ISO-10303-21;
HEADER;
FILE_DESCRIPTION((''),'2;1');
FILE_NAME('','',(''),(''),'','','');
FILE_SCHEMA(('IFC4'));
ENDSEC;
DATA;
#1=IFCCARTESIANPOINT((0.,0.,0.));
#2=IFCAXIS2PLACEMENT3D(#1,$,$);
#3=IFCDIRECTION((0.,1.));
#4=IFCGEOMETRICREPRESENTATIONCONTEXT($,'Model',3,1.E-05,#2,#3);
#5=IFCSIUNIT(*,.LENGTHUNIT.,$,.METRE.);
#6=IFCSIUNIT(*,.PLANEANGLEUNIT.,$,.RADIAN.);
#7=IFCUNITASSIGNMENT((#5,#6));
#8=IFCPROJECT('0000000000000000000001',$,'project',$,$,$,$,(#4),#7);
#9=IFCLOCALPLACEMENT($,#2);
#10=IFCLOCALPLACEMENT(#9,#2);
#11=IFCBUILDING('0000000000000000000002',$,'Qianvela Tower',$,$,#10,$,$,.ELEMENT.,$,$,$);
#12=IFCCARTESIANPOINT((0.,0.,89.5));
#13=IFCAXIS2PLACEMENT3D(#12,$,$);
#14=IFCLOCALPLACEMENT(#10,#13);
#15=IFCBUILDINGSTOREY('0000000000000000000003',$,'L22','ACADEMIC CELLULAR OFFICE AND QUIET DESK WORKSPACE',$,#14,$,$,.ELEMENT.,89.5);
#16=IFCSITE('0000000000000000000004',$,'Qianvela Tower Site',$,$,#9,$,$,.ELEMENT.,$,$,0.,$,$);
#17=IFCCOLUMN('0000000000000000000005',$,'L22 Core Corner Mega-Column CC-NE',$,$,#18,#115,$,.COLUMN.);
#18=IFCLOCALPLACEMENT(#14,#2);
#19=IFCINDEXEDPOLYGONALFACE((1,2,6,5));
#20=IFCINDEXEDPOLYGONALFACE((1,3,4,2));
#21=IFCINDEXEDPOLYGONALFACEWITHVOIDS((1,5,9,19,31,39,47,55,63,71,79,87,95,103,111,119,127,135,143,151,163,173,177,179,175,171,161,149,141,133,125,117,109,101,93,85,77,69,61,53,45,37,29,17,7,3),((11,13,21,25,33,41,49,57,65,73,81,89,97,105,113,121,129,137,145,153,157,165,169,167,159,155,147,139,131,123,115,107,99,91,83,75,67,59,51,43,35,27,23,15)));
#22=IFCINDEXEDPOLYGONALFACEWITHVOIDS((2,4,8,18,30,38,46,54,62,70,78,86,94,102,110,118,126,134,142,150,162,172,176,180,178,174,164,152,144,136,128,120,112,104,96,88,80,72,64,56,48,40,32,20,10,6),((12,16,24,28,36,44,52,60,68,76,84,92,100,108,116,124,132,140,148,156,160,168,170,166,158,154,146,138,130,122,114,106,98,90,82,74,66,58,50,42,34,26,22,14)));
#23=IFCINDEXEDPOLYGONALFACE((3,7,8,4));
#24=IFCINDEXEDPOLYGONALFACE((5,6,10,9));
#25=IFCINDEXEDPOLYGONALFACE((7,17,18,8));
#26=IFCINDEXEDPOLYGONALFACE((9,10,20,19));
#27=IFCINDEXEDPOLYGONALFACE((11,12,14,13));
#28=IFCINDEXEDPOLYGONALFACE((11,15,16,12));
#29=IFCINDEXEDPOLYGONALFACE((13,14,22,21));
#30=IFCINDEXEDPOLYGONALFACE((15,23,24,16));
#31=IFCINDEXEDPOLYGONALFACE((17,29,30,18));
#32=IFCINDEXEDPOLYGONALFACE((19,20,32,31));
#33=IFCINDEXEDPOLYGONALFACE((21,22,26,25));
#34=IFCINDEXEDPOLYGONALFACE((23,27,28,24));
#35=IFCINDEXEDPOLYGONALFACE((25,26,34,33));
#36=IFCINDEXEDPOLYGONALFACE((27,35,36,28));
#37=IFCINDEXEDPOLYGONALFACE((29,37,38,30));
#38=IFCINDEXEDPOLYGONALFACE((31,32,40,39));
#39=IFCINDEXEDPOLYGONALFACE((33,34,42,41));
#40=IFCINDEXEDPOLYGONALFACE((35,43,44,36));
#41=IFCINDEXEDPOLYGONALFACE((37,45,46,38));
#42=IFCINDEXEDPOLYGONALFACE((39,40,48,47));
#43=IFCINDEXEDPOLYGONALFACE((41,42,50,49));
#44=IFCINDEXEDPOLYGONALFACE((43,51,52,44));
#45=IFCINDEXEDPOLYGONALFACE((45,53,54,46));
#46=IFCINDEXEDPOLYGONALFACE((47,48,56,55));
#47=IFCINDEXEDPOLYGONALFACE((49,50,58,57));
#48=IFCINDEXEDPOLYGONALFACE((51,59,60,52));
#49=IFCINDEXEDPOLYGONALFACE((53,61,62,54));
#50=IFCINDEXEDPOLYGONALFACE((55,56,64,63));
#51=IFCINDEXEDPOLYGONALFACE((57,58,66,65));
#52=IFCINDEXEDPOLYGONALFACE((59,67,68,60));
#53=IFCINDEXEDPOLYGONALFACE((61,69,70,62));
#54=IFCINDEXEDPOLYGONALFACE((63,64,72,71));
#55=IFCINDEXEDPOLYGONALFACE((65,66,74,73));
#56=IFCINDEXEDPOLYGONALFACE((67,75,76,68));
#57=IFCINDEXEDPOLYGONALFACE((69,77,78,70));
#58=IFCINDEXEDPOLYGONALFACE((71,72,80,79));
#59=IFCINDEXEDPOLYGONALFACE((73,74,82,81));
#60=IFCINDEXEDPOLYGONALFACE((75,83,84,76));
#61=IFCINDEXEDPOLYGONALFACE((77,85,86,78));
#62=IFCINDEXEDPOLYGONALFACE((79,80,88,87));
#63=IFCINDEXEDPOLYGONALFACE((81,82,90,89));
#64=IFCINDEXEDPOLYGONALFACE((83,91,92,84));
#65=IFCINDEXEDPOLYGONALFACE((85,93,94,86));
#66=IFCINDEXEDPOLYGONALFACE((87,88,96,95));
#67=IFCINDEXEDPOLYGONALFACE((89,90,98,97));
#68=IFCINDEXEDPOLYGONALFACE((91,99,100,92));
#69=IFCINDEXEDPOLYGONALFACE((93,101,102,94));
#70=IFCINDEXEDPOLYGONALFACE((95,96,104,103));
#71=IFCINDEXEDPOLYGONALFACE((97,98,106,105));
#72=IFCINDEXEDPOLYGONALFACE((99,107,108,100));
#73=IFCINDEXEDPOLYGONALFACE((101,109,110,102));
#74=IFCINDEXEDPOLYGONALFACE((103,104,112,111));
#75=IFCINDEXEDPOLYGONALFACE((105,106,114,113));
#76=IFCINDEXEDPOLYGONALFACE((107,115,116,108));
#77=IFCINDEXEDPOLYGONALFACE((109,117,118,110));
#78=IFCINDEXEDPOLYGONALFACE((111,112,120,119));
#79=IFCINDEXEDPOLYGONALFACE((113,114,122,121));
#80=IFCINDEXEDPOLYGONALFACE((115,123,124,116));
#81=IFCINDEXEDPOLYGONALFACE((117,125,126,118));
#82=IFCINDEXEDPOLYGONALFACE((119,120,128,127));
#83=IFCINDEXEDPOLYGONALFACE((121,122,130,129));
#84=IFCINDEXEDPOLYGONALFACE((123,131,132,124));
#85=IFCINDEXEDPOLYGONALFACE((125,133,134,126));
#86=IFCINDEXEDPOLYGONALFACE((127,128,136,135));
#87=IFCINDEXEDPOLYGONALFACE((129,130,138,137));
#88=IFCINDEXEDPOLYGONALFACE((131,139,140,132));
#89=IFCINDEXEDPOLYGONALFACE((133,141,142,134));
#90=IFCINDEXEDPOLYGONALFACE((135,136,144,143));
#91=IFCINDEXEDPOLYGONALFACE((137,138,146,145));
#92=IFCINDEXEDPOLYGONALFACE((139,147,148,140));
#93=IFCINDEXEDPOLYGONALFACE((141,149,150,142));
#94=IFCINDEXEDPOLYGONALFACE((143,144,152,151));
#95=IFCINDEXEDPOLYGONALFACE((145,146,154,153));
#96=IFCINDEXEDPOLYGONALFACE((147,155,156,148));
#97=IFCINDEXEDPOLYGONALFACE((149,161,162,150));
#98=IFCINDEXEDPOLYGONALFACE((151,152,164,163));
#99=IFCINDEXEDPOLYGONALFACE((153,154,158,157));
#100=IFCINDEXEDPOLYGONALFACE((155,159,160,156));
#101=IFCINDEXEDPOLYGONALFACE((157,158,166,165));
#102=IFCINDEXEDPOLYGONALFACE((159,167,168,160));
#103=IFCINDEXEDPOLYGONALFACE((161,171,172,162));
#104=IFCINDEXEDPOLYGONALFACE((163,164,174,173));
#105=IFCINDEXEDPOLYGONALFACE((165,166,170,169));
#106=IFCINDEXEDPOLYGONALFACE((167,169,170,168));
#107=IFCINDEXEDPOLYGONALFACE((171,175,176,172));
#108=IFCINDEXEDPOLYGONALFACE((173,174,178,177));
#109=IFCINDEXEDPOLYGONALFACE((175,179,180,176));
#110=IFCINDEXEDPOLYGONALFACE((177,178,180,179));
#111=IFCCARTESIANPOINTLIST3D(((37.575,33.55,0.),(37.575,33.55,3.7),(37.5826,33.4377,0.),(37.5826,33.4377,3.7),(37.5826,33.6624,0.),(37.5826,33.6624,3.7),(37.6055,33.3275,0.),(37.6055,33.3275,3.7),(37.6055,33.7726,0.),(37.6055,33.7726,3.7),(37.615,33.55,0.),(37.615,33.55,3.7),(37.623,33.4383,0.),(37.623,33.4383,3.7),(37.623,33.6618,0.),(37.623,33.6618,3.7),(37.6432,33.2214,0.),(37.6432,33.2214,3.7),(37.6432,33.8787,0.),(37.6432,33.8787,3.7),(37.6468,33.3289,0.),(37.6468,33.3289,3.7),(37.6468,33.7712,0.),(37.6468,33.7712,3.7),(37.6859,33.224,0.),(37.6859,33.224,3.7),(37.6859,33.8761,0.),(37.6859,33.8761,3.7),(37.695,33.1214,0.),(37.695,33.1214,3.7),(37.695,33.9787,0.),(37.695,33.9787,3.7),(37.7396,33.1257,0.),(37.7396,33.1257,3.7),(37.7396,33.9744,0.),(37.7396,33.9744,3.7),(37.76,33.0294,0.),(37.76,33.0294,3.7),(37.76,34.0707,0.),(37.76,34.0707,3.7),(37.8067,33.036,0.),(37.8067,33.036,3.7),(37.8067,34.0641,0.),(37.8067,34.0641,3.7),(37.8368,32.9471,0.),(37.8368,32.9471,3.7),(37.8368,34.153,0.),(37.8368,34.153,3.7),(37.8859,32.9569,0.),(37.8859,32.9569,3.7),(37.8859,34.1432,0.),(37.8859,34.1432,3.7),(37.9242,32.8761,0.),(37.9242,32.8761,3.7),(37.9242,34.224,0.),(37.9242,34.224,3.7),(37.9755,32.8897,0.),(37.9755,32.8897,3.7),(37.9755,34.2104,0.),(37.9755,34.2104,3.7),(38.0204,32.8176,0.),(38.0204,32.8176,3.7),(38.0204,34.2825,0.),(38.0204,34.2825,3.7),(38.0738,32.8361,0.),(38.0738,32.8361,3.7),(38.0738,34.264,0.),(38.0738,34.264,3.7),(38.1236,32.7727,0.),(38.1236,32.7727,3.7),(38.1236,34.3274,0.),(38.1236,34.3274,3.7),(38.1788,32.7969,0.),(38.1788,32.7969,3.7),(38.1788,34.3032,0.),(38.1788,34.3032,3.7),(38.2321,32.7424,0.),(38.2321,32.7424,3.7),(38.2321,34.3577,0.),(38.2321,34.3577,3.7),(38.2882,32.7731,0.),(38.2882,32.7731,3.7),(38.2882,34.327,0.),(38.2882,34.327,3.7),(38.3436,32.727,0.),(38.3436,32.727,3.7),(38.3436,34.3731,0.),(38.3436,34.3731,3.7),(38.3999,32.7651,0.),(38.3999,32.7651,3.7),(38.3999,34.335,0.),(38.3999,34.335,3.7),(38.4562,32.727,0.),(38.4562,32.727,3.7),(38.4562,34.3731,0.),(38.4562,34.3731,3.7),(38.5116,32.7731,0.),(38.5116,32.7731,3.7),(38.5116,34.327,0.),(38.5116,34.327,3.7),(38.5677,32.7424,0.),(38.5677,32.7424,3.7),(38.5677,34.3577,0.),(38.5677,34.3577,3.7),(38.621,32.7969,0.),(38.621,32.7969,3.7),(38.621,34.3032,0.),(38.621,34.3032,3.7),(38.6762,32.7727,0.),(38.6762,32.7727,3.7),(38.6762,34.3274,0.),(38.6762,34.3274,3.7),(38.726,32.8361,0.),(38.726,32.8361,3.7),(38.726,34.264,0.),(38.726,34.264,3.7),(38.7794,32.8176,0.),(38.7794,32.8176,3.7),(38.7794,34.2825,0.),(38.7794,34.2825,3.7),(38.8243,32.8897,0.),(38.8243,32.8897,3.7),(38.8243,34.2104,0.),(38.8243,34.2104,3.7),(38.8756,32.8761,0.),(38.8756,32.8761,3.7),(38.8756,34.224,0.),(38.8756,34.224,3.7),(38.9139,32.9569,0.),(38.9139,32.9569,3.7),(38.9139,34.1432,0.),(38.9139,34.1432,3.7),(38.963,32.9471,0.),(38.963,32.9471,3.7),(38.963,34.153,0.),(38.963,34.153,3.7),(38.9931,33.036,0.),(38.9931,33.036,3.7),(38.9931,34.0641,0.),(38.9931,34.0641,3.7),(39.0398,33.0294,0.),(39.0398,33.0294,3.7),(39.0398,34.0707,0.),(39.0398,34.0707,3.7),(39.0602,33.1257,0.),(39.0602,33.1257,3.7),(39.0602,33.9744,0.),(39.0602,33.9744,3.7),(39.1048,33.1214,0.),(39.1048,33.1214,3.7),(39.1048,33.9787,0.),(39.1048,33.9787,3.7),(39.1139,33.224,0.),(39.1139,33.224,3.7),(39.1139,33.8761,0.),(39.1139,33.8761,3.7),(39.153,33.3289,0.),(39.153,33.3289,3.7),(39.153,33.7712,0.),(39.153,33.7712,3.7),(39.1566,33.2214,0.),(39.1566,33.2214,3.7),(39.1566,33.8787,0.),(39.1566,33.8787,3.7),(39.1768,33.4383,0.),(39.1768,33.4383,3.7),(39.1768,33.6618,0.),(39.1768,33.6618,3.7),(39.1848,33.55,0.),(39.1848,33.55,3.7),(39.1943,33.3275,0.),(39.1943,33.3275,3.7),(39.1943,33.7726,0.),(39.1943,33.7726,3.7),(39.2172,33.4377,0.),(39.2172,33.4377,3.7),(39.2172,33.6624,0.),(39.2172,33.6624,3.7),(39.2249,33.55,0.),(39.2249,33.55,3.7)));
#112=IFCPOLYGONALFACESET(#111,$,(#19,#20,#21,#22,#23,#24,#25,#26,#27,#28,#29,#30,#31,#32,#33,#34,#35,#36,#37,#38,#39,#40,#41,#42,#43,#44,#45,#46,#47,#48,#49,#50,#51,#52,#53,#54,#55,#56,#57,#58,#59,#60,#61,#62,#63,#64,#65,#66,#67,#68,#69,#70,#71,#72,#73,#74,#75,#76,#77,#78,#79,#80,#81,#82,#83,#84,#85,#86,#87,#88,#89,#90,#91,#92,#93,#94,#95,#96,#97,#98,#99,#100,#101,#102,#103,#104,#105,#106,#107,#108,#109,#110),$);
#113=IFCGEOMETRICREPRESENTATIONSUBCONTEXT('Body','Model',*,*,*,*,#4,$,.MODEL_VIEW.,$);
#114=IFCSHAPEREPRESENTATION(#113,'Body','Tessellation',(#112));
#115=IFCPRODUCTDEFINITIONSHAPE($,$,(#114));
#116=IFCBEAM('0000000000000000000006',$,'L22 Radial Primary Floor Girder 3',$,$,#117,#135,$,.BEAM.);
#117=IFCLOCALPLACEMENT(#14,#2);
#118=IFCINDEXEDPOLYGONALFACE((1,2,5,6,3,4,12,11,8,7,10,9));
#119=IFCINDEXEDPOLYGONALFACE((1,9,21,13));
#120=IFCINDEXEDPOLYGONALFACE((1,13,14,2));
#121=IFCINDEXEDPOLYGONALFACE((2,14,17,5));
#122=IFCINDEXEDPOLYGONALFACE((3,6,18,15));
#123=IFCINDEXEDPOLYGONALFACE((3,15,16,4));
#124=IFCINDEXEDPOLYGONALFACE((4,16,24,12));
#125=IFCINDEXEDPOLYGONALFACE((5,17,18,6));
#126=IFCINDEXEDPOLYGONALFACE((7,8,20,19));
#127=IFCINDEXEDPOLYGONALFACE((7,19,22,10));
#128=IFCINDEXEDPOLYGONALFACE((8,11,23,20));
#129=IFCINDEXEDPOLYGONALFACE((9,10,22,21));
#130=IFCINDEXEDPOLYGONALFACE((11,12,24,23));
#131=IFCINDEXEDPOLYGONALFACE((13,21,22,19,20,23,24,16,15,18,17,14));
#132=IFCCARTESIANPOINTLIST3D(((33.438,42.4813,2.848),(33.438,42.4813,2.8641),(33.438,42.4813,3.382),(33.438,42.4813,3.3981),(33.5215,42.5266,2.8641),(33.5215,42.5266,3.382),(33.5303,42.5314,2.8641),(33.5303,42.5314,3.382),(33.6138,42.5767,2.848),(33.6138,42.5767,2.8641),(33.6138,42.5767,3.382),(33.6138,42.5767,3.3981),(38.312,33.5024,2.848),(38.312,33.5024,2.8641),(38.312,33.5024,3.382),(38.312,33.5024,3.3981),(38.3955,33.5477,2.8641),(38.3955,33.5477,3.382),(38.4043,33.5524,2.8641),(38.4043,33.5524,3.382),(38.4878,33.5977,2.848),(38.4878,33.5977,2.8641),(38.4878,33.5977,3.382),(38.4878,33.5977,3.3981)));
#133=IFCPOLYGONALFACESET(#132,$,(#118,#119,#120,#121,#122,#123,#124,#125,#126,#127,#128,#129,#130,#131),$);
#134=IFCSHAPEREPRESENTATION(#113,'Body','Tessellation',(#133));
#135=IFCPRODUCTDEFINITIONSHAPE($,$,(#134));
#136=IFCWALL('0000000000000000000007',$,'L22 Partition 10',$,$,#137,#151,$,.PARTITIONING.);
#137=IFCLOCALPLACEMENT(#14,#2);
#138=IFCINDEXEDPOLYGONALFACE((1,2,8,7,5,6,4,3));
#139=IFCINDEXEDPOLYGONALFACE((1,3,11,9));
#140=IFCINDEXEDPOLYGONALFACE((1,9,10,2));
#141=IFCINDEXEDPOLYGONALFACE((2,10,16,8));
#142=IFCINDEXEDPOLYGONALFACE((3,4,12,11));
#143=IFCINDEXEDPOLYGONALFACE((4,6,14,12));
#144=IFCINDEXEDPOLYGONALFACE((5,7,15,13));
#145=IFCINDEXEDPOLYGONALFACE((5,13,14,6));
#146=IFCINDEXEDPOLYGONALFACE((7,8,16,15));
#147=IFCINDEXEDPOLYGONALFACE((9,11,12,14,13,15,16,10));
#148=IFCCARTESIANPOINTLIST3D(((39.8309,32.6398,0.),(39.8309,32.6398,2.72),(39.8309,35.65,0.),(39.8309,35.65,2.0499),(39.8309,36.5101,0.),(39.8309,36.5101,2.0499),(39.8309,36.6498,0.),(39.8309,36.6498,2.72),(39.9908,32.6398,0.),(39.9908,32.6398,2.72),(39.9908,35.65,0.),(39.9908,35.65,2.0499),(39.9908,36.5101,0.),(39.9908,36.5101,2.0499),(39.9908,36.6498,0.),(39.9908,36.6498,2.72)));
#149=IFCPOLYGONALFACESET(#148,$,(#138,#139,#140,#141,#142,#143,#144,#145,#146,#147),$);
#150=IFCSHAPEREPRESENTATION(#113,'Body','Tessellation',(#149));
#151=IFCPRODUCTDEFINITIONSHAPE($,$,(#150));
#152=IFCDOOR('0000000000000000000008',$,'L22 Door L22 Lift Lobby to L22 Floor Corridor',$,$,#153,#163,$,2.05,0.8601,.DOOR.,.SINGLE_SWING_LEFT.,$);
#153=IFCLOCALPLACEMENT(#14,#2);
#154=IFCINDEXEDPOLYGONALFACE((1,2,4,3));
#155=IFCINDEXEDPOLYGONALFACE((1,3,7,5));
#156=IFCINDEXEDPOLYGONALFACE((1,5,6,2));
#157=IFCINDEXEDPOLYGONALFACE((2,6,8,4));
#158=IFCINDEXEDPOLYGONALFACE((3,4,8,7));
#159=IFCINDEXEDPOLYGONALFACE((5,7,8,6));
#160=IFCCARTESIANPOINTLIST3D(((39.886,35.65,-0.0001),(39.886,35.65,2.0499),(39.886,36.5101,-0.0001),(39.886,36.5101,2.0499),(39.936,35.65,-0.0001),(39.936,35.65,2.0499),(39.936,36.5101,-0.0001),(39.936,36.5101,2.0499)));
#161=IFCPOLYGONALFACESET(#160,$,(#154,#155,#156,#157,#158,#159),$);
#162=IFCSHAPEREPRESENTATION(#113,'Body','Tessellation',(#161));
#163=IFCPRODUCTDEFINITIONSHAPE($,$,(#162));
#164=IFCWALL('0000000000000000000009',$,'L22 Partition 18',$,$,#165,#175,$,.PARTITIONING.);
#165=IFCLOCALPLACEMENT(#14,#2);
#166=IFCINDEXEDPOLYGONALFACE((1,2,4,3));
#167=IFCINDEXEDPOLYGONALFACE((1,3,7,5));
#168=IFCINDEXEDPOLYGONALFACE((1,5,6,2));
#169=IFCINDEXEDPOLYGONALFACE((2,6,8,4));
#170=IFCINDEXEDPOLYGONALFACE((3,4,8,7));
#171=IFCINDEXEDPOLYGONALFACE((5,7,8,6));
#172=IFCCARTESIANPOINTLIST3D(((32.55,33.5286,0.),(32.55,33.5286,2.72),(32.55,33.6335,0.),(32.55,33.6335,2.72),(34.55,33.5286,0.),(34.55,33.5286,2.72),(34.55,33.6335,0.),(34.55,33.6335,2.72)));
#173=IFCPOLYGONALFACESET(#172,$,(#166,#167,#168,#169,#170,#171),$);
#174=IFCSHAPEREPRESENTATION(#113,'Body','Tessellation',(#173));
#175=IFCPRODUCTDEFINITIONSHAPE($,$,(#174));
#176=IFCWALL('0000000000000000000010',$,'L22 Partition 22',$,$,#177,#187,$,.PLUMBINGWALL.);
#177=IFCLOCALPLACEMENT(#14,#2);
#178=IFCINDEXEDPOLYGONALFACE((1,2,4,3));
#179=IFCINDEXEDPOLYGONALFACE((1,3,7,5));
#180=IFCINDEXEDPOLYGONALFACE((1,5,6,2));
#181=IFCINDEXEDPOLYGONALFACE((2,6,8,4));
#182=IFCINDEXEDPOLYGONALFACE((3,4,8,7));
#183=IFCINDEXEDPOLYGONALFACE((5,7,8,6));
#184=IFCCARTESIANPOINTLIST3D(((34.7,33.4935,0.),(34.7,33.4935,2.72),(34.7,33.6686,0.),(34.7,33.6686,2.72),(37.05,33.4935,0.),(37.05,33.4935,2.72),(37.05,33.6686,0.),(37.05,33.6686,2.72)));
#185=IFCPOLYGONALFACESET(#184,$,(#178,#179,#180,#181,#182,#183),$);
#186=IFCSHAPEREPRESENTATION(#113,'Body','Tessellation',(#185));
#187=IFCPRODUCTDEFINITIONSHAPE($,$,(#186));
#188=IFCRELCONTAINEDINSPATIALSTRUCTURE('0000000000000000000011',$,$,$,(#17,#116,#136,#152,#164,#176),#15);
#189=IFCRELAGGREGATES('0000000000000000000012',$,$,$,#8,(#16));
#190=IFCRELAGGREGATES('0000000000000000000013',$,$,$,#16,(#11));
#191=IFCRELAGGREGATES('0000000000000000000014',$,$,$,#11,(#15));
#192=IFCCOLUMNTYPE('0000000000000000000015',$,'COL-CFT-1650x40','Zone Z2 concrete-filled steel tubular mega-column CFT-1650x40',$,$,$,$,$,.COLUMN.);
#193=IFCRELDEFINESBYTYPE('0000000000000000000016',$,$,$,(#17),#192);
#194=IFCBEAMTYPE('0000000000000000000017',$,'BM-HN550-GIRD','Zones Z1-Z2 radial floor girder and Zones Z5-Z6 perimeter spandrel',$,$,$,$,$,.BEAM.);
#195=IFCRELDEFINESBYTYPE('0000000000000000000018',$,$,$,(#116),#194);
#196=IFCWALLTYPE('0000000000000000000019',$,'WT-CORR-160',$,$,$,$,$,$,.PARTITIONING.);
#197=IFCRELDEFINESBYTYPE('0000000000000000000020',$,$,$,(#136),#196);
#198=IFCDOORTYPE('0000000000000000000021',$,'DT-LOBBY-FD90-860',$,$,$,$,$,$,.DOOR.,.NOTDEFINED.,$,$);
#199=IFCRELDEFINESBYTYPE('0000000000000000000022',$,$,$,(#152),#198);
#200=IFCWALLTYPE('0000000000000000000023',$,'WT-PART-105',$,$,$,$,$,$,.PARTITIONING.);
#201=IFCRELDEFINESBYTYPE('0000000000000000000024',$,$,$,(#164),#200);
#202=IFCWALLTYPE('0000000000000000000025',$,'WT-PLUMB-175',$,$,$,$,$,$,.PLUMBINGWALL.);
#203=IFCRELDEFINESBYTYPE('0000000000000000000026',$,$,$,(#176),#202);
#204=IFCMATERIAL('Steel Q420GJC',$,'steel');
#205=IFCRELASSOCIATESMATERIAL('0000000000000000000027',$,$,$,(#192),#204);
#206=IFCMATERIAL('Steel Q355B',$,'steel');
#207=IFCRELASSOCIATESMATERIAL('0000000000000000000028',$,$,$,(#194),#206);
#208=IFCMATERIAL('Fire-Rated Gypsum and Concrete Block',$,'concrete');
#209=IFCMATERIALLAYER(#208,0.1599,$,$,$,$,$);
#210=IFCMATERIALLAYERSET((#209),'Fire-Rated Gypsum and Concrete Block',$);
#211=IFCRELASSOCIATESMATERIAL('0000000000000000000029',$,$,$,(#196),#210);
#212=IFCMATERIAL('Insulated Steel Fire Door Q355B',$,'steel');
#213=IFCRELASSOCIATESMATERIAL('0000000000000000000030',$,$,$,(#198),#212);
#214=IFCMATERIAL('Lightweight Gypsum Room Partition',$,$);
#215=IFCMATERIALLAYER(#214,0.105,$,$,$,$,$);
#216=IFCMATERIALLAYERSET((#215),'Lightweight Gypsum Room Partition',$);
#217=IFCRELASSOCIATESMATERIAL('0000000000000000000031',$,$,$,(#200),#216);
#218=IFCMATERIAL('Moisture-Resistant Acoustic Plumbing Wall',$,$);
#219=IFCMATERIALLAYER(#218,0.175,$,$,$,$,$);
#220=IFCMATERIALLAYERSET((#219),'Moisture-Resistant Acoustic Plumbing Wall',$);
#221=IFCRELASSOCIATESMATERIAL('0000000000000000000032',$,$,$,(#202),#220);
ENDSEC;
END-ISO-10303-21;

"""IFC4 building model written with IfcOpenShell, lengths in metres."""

from ifc_helpers import new_model, si_unit, direction, frame, frame_2d, origin, origin_2d, place, context, subcontext, project, spatial, rectangle, hollow_circle, i_section, extrude, material, layer, layer_set, material_profile, profile_set, type_object, element, fill, save


model = new_model("IFC4")

# Units and contexts
model_context = context("Model", 3, precision=1e-05, world=origin(), true_north=direction((0.0, 1.0)))
body_context = subcontext(model_context, "Body", "Model", "MODEL_VIEW")
ifc_project = project(units=[si_unit("LENGTHUNIT", "METRE"), si_unit("PLANEANGLEUNIT", "RADIAN")], contexts=[model_context])

# Site, building, storey
site_placement = place(None, origin())
site = spatial("IfcSite", under=ifc_project, at=site_placement, Name="Qianvela Tower Site", CompositionType="ELEMENT", RefElevation=0.0)
building_placement = place(site_placement, origin())
building = spatial("IfcBuilding", under=site, at=building_placement, Name="Qianvela Tower", CompositionType="ELEMENT")
storey_placement = place(building_placement, frame((0.0, 0.0, 89.5)))
storey = spatial("IfcBuildingStorey", under=building, at=storey_placement, Name="L22", Description="ACADEMIC CELLULAR OFFICE AND QUIET DESK WORKSPACE", CompositionType="ELEMENT", Elevation=89.5)

# Column
ifc_material_1 = material(Name="Steel Q420GJC", Category="steel")
ifc_material_profile_1 = material_profile(ifc_material_1, hollow_circle(Radius=0.825, WallThickness=0.04, at=origin_2d()), Name="CFT-1650x40")
ifc_profile_set_1 = profile_set([ifc_material_profile_1], Name="Steel Q420GJC")
column_type = type_object("IfcColumnType", Name="COL-CFT-1650x40", Description="Zone Z2 concrete-filled steel tubular mega-column CFT-1650x40", PredefinedType="COLUMN", material=ifc_profile_set_1)
column_placement = place(storey_placement, frame((38.3999, 33.55, 0.0), z_axis=(0.0, 0.0, 1.0), x_axis=(1.0, 0.0, 0.0)))
element("IfcColumn", 1, at=column_placement, inside=storey, type_object=column_type, Name="L22 Core Corner Mega-Column CC-NE", PredefinedType="COLUMN", context=body_context, shape_type="SweptSolid", body=[
    extrude(hollow_circle(Radius=0.825, WallThickness=0.04, at=origin_2d()), origin(), (0.0, 0.0, 1.0), 3.7),
])

# Beam
ifc_material_2 = material(Name="Steel Q355B", Category="steel")
ifc_material_profile_2 = material_profile(ifc_material_2, i_section(OverallWidth=0.2, OverallDepth=0.55, WebThickness=0.01, FlangeThickness=0.0161, at=origin_2d()), Name="HN550x200x10x16")
ifc_profile_set_2 = profile_set([ifc_material_profile_2], Name="Steel Q355B")
beam_type = type_object("IfcBeamType", Name="BM-HN550-GIRD", Description="Zones Z1-Z2 radial floor girder and Zones Z5-Z6 perimeter spandrel", PredefinedType="BEAM", material=ifc_profile_set_2)
beam_placement = place(storey_placement, frame((38.3999, 33.55, 3.123), z_axis=(-0.47707, 0.878865, 0.0), x_axis=(-0.878865, -0.47707, 0.0)))
element("IfcBeam", 2, at=beam_placement, inside=storey, type_object=beam_type, Name="L22 Radial Primary Floor Girder 3", PredefinedType="BEAM", context=body_context, shape_type="SweptSolid", body=[
    extrude(i_section(OverallWidth=0.2, OverallDepth=0.55, WebThickness=0.01, FlangeThickness=0.0161, at=origin_2d()), origin(), (0.0, 0.0, 1.0), 10.2166),
])

# Wall, opening, door
ifc_material_3 = material(Name="Fire-Rated Gypsum and Concrete Block", Category="concrete")
ifc_layer_1 = layer(ifc_material_3, 0.1599)
ifc_layer_set_1 = layer_set([ifc_layer_1], Name="Fire-Rated Gypsum and Concrete Block")
wall_type_1 = type_object("IfcWallType", Name="WT-CORR-160", PredefinedType="PARTITIONING", material=ifc_layer_set_1)
wall_1_placement = place(storey_placement, frame((39.9109, 32.6399, 0.0), z_axis=(0.0, 0.0, 1.0), x_axis=(0.0, 1.0, 0.0)))
wall_1 = element("IfcWall", 3, at=wall_1_placement, inside=storey, type_object=wall_type_1, Name="L22 Partition 10", PredefinedType="PARTITIONING", context=body_context, shape_type="SweptSolid", body=[
    extrude(rectangle(XDim=4.01, YDim=0.1599, at=frame_2d((2.0049, 0.0))), origin(), (0.0, 0.0, 1.0), 2.72),
])
opening_1_placement = place(wall_1_placement, frame((3.01, 0.0, 0.0)))
opening_1 = element("IfcOpeningElement", 4, at=opening_1_placement, cuts=wall_1, PredefinedType="OPENING", context=body_context, shape_type="SweptSolid", body=[
    extrude(rectangle(XDim=0.8601, YDim=2.05, at=frame_2d((0.4302, 1.0249))), frame((0.0, 0.0898, 0.0), z_axis=(0.0, -1.0, 0.0), x_axis=(1.0, 0.0, 0.0)), (0.0, 0.0, 1.0), 0.1799),
])
ifc_material_4 = material(Name="Insulated Steel Fire Door Q355B", Category="steel")
door_type_1 = type_object("IfcDoorType", Name="DT-LOBBY-FD90-860", OperationType="NOTDEFINED", PredefinedType="DOOR", material=ifc_material_4)
door_1_placement = place(opening_1_placement, origin())
door_1 = element("IfcDoor", 5, at=door_1_placement, inside=storey, type_object=door_type_1, Name="L22 Door L22 Lift Lobby to L22 Floor Corridor", OperationType="SINGLE_SWING_LEFT", OverallHeight=2.05, OverallWidth=0.8601, PredefinedType="DOOR", context=body_context, shape_type="SweptSolid", body=[
    extrude(rectangle(XDim=0.8601, YDim=2.05, at=frame_2d((0.4302, 1.0249))), frame((0.0, 0.0249, 0.0), z_axis=(0.0, -1.0, 0.0), x_axis=(1.0, 0.0, 0.0)), (0.0, 0.0, 1.0), 0.05),
])
fill(opening_1, door_1)

# Walls
ifc_material_5 = material(Name="Lightweight Gypsum Room Partition")
ifc_layer_2 = layer(ifc_material_5, 0.105)
ifc_layer_set_2 = layer_set([ifc_layer_2], Name="Lightweight Gypsum Room Partition")
wall_type_2 = type_object("IfcWallType", Name="WT-PART-105", PredefinedType="PARTITIONING", material=ifc_layer_set_2)
wall_2_placement = place(storey_placement, frame((34.55, 33.5811, 0.0), z_axis=(0.0, 0.0, 1.0), x_axis=(-1.0, 0.0, 0.0)))
element("IfcWall", 6, at=wall_2_placement, inside=storey, type_object=wall_type_2, Name="L22 Partition 18", PredefinedType="PARTITIONING", context=body_context, shape_type="SweptSolid", body=[
    extrude(rectangle(XDim=2.0, YDim=0.105, at=frame_2d((1.0, 0.0))), origin(), (0.0, 0.0, 1.0), 2.72),
])
ifc_material_6 = material(Name="Moisture-Resistant Acoustic Plumbing Wall")
ifc_layer_3 = layer(ifc_material_6, 0.175)
ifc_layer_set_3 = layer_set([ifc_layer_3], Name="Moisture-Resistant Acoustic Plumbing Wall")
wall_type_3 = type_object("IfcWallType", Name="WT-PLUMB-175", PredefinedType="PLUMBINGWALL", material=ifc_layer_set_3)
wall_3_placement = place(storey_placement, frame((37.05, 33.5811, 0.0), z_axis=(0.0, 0.0, 1.0), x_axis=(-1.0, 0.0, 0.0)))
element("IfcWall", 7, at=wall_3_placement, inside=storey, type_object=wall_type_3, Name="L22 Partition 22", PredefinedType="PLUMBINGWALL", context=body_context, shape_type="SweptSolid", body=[
    extrude(rectangle(XDim=2.3501, YDim=0.175, at=frame_2d((1.175, 0.0))), origin(), (0.0, 0.0, 1.0), 2.72),
])

save(model, "model.ifc")
